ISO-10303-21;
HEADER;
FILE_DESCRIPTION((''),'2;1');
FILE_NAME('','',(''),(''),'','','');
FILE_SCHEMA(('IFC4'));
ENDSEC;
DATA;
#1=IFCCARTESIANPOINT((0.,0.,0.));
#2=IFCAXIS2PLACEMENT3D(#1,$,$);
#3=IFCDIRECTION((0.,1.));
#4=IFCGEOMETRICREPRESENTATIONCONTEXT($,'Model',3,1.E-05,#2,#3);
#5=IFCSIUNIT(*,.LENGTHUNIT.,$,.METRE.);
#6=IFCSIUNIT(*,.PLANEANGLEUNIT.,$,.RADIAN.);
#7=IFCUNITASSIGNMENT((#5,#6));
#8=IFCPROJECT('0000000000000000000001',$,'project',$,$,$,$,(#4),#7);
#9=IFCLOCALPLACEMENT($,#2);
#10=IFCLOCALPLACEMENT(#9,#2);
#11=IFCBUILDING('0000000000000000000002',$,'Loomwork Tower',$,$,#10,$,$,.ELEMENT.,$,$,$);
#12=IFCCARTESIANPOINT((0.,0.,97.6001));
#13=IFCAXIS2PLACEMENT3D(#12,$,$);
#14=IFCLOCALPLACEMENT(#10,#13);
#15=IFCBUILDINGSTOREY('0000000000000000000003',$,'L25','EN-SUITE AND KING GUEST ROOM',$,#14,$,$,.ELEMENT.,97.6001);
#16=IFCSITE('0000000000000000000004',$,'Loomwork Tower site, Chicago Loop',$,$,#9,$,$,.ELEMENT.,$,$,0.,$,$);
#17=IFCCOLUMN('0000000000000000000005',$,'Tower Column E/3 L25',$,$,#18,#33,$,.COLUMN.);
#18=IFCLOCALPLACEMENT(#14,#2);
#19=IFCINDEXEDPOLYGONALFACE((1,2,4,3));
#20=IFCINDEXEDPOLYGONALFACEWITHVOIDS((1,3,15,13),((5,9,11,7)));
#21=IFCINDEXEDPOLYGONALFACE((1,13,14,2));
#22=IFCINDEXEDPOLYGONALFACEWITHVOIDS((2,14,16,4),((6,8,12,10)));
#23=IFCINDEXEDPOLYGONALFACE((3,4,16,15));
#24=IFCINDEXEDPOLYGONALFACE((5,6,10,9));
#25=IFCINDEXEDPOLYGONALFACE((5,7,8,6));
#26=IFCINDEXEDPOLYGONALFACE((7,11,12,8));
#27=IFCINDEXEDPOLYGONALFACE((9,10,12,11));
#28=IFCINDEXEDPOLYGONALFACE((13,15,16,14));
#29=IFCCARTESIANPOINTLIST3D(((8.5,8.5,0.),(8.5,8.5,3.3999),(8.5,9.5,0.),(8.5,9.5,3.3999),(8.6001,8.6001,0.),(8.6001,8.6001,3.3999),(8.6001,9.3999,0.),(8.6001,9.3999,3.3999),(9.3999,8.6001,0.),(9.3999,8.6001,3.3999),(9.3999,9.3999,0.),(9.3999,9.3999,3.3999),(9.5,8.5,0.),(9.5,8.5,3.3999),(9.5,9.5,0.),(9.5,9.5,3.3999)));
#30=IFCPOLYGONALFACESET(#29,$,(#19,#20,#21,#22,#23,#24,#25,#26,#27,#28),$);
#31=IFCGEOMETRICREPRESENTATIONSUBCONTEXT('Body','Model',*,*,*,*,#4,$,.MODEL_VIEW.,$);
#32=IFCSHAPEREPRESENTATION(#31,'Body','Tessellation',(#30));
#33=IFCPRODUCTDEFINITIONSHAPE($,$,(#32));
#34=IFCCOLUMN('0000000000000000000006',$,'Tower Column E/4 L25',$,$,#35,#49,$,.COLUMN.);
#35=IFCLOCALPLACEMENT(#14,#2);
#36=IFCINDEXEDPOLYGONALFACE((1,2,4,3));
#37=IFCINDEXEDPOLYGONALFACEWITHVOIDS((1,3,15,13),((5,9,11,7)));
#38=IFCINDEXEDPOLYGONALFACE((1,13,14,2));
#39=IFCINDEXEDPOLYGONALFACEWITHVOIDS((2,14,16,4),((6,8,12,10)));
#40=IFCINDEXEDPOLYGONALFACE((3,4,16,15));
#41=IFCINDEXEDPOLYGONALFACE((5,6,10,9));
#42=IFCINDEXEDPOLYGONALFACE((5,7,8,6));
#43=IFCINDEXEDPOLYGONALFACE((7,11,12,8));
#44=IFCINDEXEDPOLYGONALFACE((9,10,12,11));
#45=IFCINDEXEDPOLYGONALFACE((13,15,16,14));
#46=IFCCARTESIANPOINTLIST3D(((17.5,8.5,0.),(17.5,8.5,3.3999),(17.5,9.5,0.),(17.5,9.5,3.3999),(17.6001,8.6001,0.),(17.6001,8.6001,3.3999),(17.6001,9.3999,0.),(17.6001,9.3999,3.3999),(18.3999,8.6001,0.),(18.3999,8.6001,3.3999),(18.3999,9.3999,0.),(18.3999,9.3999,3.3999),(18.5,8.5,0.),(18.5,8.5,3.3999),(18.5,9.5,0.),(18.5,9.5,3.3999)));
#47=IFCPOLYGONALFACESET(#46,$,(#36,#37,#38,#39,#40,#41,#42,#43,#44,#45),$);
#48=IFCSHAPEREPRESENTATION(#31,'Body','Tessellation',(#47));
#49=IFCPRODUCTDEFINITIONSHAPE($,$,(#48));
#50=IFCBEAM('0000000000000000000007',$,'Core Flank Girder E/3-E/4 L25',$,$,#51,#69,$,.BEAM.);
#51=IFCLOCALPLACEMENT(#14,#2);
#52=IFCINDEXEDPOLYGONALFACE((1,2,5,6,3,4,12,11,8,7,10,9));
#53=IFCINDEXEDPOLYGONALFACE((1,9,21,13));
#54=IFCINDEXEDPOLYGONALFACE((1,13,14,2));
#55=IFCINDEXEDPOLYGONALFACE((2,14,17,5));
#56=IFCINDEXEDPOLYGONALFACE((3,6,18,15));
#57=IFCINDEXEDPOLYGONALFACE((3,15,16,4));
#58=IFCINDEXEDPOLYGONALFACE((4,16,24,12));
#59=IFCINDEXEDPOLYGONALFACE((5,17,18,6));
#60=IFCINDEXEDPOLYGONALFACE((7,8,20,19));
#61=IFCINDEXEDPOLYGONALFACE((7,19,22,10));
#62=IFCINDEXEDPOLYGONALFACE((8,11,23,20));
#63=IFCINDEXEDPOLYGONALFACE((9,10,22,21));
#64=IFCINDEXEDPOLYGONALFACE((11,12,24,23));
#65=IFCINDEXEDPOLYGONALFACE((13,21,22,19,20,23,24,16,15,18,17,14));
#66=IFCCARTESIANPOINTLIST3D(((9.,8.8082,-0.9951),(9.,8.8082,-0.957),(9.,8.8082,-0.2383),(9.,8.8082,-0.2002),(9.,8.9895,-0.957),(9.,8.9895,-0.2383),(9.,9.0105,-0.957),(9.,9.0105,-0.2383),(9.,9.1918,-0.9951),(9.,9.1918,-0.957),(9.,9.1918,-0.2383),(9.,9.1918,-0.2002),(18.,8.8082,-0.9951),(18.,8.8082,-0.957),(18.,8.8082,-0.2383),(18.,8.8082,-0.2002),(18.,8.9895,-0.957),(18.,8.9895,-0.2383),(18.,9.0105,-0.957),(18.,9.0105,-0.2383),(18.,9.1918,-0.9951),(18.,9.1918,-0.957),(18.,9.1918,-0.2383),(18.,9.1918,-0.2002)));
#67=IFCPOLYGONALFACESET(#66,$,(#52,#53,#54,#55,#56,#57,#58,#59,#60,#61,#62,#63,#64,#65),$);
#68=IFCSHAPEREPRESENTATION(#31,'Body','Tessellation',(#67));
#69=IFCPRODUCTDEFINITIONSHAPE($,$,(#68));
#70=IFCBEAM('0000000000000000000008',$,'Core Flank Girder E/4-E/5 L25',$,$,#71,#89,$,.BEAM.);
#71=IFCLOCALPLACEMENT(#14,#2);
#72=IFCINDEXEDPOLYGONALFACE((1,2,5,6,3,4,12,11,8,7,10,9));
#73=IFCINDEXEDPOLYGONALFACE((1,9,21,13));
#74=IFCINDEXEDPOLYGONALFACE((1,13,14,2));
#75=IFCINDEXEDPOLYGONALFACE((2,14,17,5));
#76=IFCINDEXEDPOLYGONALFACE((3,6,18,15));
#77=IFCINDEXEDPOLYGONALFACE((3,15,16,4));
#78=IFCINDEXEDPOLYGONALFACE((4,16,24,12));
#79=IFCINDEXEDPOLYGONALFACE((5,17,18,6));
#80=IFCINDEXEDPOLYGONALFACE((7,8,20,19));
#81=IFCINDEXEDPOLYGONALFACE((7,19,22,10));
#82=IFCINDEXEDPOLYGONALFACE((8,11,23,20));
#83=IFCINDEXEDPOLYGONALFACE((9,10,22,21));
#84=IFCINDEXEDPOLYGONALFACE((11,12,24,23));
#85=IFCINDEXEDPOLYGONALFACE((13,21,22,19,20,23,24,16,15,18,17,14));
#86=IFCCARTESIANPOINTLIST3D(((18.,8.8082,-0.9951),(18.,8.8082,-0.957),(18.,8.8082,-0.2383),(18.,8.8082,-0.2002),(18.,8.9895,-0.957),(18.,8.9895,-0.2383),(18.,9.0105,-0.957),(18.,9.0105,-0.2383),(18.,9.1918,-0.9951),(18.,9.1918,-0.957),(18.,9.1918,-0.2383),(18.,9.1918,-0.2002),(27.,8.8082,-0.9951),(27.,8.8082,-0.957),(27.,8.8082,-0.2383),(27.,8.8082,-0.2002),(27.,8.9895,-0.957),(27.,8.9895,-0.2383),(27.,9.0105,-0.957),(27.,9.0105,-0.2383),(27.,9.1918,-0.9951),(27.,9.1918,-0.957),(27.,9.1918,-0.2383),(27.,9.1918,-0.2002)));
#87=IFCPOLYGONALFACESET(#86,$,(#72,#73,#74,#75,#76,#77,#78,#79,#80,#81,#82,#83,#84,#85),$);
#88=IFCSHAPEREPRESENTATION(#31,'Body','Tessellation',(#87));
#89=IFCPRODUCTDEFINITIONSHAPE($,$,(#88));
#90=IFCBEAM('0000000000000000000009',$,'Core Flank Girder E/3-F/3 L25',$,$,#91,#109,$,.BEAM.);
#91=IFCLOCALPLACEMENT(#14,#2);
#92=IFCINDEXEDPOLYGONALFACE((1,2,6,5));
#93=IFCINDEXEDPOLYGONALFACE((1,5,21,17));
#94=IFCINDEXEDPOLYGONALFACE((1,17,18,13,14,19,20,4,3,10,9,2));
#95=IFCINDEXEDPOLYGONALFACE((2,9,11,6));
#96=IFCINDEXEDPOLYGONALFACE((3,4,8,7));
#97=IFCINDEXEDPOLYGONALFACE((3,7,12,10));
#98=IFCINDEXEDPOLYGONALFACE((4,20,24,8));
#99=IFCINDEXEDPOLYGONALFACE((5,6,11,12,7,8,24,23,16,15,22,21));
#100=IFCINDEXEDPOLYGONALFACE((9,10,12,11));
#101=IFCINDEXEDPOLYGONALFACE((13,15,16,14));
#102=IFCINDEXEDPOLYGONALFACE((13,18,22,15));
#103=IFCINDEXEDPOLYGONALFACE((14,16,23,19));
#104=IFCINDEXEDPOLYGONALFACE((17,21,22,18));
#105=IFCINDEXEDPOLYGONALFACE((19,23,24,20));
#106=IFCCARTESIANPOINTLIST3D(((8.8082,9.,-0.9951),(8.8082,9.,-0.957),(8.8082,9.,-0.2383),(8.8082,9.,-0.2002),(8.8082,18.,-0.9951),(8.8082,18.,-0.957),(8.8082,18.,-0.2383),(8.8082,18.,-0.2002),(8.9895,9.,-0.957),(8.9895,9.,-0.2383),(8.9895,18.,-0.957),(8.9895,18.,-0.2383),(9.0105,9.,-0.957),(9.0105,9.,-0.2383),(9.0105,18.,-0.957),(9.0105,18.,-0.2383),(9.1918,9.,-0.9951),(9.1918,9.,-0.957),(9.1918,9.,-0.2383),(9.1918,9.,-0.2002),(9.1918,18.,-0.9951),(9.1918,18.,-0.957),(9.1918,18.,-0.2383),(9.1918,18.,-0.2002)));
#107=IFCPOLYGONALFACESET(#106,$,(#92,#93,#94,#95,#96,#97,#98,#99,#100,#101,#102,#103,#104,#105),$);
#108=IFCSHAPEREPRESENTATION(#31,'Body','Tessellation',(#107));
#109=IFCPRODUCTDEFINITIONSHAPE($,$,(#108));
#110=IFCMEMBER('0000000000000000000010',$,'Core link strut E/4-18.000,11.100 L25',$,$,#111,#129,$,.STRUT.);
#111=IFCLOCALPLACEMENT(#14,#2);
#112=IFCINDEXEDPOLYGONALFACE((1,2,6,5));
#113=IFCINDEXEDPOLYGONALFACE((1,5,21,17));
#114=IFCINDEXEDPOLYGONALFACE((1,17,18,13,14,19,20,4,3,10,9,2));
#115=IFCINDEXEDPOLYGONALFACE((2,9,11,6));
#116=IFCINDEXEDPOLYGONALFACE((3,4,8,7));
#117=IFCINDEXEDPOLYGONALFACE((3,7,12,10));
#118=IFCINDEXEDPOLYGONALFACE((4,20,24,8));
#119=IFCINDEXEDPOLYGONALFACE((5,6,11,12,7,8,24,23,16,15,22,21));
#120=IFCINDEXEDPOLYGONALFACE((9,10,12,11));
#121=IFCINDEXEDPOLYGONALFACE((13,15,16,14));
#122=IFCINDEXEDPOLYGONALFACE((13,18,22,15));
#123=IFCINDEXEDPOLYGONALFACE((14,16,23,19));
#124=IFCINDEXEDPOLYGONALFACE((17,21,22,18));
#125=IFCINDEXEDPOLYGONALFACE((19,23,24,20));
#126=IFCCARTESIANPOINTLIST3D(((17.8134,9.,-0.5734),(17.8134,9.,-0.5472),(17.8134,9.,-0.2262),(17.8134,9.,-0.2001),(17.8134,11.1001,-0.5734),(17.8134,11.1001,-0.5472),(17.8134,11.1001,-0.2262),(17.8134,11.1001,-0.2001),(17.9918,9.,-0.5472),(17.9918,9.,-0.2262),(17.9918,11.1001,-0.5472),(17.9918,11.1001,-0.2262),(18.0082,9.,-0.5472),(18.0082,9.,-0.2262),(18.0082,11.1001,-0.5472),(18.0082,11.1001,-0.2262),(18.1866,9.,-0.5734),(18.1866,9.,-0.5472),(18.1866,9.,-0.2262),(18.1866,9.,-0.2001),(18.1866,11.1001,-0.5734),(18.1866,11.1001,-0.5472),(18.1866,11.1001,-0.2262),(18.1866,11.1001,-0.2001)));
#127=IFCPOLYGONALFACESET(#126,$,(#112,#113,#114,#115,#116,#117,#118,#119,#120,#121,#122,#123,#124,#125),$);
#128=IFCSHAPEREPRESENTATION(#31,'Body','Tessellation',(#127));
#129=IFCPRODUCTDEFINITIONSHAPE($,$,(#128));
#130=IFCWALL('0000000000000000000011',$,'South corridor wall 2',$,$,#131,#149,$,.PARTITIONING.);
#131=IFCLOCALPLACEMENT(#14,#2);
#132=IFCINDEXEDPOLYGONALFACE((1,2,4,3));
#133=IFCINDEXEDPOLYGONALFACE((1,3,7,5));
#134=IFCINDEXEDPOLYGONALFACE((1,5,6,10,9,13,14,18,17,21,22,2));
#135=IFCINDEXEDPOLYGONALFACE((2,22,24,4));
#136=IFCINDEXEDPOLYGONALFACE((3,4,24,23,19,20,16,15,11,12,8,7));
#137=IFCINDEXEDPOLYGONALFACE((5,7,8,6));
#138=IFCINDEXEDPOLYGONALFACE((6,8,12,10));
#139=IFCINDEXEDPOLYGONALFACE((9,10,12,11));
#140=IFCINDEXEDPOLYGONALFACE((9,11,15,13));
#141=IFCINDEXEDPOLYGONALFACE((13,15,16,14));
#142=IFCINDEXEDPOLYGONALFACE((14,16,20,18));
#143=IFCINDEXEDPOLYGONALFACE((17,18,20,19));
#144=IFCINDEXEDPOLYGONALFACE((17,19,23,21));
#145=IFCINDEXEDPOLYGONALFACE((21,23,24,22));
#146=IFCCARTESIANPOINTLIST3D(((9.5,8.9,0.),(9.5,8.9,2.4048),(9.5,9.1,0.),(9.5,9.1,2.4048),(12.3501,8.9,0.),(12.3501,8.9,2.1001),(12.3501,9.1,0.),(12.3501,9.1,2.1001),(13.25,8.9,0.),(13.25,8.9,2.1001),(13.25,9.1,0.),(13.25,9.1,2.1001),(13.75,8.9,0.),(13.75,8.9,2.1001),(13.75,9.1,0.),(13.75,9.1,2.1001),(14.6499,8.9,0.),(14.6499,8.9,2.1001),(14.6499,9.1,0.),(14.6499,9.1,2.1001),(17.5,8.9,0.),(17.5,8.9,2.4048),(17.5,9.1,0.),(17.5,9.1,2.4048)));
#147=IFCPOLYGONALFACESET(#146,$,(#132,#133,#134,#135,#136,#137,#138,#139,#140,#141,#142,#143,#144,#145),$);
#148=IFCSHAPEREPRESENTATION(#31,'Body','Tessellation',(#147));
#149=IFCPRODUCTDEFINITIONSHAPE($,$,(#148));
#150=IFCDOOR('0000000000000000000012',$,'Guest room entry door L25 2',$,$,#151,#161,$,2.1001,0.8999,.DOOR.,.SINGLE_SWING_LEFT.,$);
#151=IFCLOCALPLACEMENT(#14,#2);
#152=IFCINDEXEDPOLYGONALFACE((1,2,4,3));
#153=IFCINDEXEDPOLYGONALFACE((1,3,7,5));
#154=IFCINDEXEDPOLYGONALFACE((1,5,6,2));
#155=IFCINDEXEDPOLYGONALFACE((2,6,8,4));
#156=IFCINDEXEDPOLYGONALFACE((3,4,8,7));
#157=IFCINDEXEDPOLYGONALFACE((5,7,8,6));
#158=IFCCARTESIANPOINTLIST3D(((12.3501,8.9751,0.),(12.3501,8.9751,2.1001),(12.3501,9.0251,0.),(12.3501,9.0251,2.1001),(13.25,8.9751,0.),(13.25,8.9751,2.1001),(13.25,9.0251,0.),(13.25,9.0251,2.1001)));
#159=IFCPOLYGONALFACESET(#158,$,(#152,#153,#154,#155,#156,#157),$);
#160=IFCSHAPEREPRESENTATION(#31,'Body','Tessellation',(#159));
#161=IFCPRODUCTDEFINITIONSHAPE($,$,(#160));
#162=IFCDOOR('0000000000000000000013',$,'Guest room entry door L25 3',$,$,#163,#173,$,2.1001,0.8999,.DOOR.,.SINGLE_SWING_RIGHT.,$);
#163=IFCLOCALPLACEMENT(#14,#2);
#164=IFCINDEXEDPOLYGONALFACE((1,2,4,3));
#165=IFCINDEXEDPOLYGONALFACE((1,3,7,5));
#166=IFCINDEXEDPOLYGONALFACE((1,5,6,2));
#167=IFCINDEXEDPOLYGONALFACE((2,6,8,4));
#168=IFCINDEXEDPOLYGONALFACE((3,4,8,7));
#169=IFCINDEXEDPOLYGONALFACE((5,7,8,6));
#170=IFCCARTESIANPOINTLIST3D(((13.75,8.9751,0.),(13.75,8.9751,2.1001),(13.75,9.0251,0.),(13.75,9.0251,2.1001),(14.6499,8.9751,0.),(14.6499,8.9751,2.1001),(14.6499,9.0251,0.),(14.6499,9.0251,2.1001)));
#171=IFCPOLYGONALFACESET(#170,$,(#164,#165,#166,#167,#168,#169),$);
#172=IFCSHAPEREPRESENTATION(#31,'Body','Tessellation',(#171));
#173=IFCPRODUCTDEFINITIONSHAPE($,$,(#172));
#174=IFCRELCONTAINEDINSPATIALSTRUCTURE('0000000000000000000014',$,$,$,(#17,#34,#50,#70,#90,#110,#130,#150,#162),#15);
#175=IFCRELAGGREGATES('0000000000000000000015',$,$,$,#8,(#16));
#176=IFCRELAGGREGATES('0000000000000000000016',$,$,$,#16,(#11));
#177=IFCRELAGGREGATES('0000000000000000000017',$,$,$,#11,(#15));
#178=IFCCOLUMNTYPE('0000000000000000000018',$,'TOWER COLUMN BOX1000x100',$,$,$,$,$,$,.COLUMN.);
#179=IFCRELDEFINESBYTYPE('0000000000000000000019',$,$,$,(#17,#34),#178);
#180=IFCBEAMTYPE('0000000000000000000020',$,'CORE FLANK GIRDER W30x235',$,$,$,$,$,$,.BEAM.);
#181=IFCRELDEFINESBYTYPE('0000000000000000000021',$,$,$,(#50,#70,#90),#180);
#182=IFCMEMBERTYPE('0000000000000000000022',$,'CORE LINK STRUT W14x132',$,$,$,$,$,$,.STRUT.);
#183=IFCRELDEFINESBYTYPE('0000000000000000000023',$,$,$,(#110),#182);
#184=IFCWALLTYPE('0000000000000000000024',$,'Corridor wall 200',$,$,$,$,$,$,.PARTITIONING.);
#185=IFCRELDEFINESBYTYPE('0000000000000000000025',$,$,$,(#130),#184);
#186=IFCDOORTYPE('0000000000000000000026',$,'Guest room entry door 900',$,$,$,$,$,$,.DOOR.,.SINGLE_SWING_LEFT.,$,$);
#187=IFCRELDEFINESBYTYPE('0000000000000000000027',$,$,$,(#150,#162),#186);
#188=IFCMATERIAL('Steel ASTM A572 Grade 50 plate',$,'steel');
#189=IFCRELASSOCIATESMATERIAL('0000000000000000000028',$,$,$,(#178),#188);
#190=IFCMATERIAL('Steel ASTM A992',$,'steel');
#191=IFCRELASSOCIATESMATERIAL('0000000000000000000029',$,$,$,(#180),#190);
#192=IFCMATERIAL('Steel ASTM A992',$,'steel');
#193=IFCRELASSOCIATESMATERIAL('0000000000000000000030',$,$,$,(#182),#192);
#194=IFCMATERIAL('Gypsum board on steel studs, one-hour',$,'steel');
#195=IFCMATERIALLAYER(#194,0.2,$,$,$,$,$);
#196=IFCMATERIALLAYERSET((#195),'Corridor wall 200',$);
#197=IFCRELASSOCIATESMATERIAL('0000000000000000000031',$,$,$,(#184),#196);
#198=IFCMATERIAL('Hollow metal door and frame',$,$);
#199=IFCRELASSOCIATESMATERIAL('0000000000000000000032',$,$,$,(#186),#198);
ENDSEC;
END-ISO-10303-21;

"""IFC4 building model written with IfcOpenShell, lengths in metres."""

from ifc_helpers import new_model, si_unit, direction, frame, frame_2d, origin, origin_2d, place, context, subcontext, project, spatial, rectangle, hollow_rectangle, i_section, extrude, material, layer, layer_set, material_profile, profile_set, type_object, element, fill, save


model = new_model("IFC4")

# Units and contexts
model_context = context("Model", 3, precision=1e-05, world=origin(), true_north=direction((0.0, 1.0)))
body_context = subcontext(model_context, "Body", "Model", "MODEL_VIEW")
ifc_project = project(units=[si_unit("LENGTHUNIT", "METRE"), si_unit("PLANEANGLEUNIT", "RADIAN")], contexts=[model_context])

# Site, building, storey
site_placement = place(None, origin())
site = spatial("IfcSite", under=ifc_project, at=site_placement, Name="Loomwork Tower site, Chicago Loop", CompositionType="ELEMENT", RefElevation=0.0)
building_placement = place(site_placement, origin())
building = spatial("IfcBuilding", under=site, at=building_placement, Name="Loomwork Tower", CompositionType="ELEMENT")
storey_placement = place(building_placement, frame((0.0, 0.0, 97.6001)))
storey = spatial("IfcBuildingStorey", under=building, at=storey_placement, Name="L25", Description="EN-SUITE AND KING GUEST ROOM", CompositionType="ELEMENT", Elevation=97.6001)

# Columns
ifc_material_1 = material(Name="Steel ASTM A572 Grade 50 plate", Category="steel")
ifc_material_profile_1 = material_profile(ifc_material_1, hollow_rectangle(XDim=1.0, YDim=1.0, WallThickness=0.1001, at=origin_2d()), Name="BOX1000x100")
ifc_profile_set_1 = profile_set([ifc_material_profile_1], Name="Steel ASTM A572 Grade 50 plate")
column_type = type_object("IfcColumnType", Name="TOWER COLUMN BOX1000x100", PredefinedType="COLUMN", material=ifc_profile_set_1)
for number, where, z_axis, x_axis, name in (
    (1, (9.0, 9.0, 0.0), (0.0, 0.0, 1.0), (1.0, 0.0, 0.0), "Tower Column E/3 L25"),
    (2, (18.0, 9.0, 0.0), (0.0, 0.0, 1.0), (1.0, 0.0, 0.0), "Tower Column E/4 L25"),
):
    element("IfcColumn", number, at=place(storey_placement, frame(where, z_axis=z_axis, x_axis=x_axis)), inside=storey, type_object=column_type, Name=name, PredefinedType="COLUMN", context=body_context, shape_type="SweptSolid", body=[
        extrude(hollow_rectangle(XDim=1.0, YDim=1.0, WallThickness=0.1001, at=origin_2d()), origin(), (0.0, 0.0, 1.0), 3.3999),
    ])

# Beams
ifc_material_2 = material(Name="Steel ASTM A992", Category="steel")
ifc_material_profile_2 = material_profile(ifc_material_2, i_section(OverallWidth=0.3835, OverallDepth=0.7949, WebThickness=0.021, FlangeThickness=0.0381, at=origin_2d()), Name="W30x235")
ifc_profile_set_2 = profile_set([ifc_material_profile_2], Name="Steel ASTM A992")
beam_type = type_object("IfcBeamType", Name="CORE FLANK GIRDER W30x235", PredefinedType="BEAM", material=ifc_profile_set_2)
for number, where, z_axis, x_axis, name in (
    (3, (9.0, 9.0, -0.5977), (1.0, 0.0, 0.0), (0.0, 1.0, 0.0), "Core Flank Girder E/3-E/4 L25"),
    (4, (18.0, 9.0, -0.5977), (1.0, 0.0, 0.0), (0.0, 1.0, 0.0), "Core Flank Girder E/4-E/5 L25"),
    (5, (9.0, 9.0, -0.5977), (0.0, 1.0, 0.0), (-1.0, 0.0, 0.0), "Core Flank Girder E/3-F/3 L25"),
):
    element("IfcBeam", number, at=place(storey_placement, frame(where, z_axis=z_axis, x_axis=x_axis)), inside=storey, type_object=beam_type, Name=name, PredefinedType="BEAM", context=body_context, shape_type="SweptSolid", body=[
        extrude(i_section(OverallWidth=0.3835, OverallDepth=0.7949, WebThickness=0.021, FlangeThickness=0.0381, at=origin_2d()), origin(), (0.0, 0.0, 1.0), 9.0),
    ])

# Member
ifc_material_3 = material(Name="Steel ASTM A992", Category="steel")
ifc_material_profile_3 = material_profile(ifc_material_3, i_section(OverallWidth=0.3733, OverallDepth=0.3733, WebThickness=0.0164, FlangeThickness=0.0261, at=origin_2d()), Name="W14x132")
ifc_profile_set_3 = profile_set([ifc_material_profile_3], Name="Steel ASTM A992")
member_type = type_object("IfcMemberType", Name="CORE LINK STRUT W14x132", PredefinedType="STRUT", material=ifc_profile_set_3)
member_placement = place(storey_placement, frame((18.0, 9.0, -0.3867), z_axis=(0.0, 1.0, 0.0), x_axis=(-1.0, 0.0, 0.0)))
element("IfcMember", 6, at=member_placement, inside=storey, type_object=member_type, Name="Core link strut E/4-18.000,11.100 L25", PredefinedType="STRUT", context=body_context, shape_type="SweptSolid", body=[
    extrude(i_section(OverallWidth=0.3733, OverallDepth=0.3733, WebThickness=0.0164, FlangeThickness=0.0261, at=origin_2d()), origin(), (0.0, 0.0, 1.0), 2.1001),
])

# Wall, openings, doors
ifc_material_4 = material(Name="Gypsum board on steel studs, one-hour", Category="steel")
ifc_layer_1 = layer(ifc_material_4, 0.2)
ifc_layer_set_1 = layer_set([ifc_layer_1], Name="Corridor wall 200")
wall_type_1 = type_object("IfcWallType", Name="Corridor wall 200", PredefinedType="PARTITIONING", material=ifc_layer_set_1)
wall_1_placement = place(storey_placement, frame((9.5, 9.0, 0.0), z_axis=(0.0, 0.0, 1.0), x_axis=(1.0, 0.0, 0.0)))
wall_1 = element("IfcWall", 7, at=wall_1_placement, inside=storey, type_object=wall_type_1, Name="South corridor wall 2", PredefinedType="PARTITIONING", context=body_context, shape_type="SweptSolid", body=[
    extrude(rectangle(XDim=8.0, YDim=0.2, at=frame_2d((4.0, 0.0))), origin(), (0.0, 0.0, 1.0), 2.4048),
])
opening_1_placement = place(wall_1_placement, frame((2.8501, 0.0, 0.0)))
opening_1 = element("IfcOpeningElement", 8, at=opening_1_placement, cuts=wall_1, PredefinedType="OPENING", context=body_context, shape_type="SweptSolid", body=[
    extrude(rectangle(XDim=0.8999, YDim=2.1001, at=frame_2d((0.45, 1.05))), frame((0.0, 0.1099, 0.0), z_axis=(0.0, -1.0, 0.0), x_axis=(1.0, 0.0, 0.0)), (0.0, 0.0, 1.0), 0.22),
])
opening_2_placement = place(wall_1_placement, frame((4.25, 0.0, 0.0)))
opening_2 = element("IfcOpeningElement", 9, at=opening_2_placement, cuts=wall_1, PredefinedType="OPENING", context=body_context, shape_type="SweptSolid", body=[
    extrude(rectangle(XDim=0.8999, YDim=2.1001, at=frame_2d((0.45, 1.05))), frame((0.0, 0.1099, 0.0), z_axis=(0.0, -1.0, 0.0), x_axis=(1.0, 0.0, 0.0)), (0.0, 0.0, 1.0), 0.22),
])
ifc_material_5 = material(Name="Hollow metal door and frame")
door_type_1 = type_object("IfcDoorType", Name="Guest room entry door 900", OperationType="SINGLE_SWING_LEFT", PredefinedType="DOOR", material=ifc_material_5)
door_1_placement = place(opening_1_placement, frame((0.8999, 0.0, 0.0), z_axis=(0.0, 0.0, 1.0), x_axis=(-1.0, 0.0, 0.0)))
door_1 = element("IfcDoor", 10, at=door_1_placement, inside=storey, type_object=door_type_1, Name="Guest room entry door L25 2", OperationType="SINGLE_SWING_LEFT", OverallHeight=2.1001, OverallWidth=0.8999, PredefinedType="DOOR", context=body_context, shape_type="SweptSolid", body=[
    extrude(rectangle(XDim=0.8999, YDim=2.1001, at=frame_2d((0.45, 1.05))), frame((0.0, 0.0249, 0.0), z_axis=(0.0, -1.0, 0.0), x_axis=(1.0, 0.0, 0.0)), (0.0, 0.0, 1.0), 0.05),
])
fill(opening_1, door_1)
door_2_placement = place(opening_2_placement, frame((0.8999, 0.0, 0.0), z_axis=(0.0, 0.0, 1.0), x_axis=(-1.0, 0.0, 0.0)))
door_2 = element("IfcDoor", 11, at=door_2_placement, inside=storey, type_object=door_type_1, Name="Guest room entry door L25 3", OperationType="SINGLE_SWING_RIGHT", OverallHeight=2.1001, OverallWidth=0.8999, PredefinedType="DOOR", context=body_context, shape_type="SweptSolid", body=[
    extrude(rectangle(XDim=0.8999, YDim=2.1001, at=frame_2d((0.45, 1.05))), frame((0.0, 0.0249, 0.0), z_axis=(0.0, -1.0, 0.0), x_axis=(1.0, 0.0, 0.0)), (0.0, 0.0, 1.0), 0.05),
])
fill(opening_2, door_2)

save(model, "model.ifc")
